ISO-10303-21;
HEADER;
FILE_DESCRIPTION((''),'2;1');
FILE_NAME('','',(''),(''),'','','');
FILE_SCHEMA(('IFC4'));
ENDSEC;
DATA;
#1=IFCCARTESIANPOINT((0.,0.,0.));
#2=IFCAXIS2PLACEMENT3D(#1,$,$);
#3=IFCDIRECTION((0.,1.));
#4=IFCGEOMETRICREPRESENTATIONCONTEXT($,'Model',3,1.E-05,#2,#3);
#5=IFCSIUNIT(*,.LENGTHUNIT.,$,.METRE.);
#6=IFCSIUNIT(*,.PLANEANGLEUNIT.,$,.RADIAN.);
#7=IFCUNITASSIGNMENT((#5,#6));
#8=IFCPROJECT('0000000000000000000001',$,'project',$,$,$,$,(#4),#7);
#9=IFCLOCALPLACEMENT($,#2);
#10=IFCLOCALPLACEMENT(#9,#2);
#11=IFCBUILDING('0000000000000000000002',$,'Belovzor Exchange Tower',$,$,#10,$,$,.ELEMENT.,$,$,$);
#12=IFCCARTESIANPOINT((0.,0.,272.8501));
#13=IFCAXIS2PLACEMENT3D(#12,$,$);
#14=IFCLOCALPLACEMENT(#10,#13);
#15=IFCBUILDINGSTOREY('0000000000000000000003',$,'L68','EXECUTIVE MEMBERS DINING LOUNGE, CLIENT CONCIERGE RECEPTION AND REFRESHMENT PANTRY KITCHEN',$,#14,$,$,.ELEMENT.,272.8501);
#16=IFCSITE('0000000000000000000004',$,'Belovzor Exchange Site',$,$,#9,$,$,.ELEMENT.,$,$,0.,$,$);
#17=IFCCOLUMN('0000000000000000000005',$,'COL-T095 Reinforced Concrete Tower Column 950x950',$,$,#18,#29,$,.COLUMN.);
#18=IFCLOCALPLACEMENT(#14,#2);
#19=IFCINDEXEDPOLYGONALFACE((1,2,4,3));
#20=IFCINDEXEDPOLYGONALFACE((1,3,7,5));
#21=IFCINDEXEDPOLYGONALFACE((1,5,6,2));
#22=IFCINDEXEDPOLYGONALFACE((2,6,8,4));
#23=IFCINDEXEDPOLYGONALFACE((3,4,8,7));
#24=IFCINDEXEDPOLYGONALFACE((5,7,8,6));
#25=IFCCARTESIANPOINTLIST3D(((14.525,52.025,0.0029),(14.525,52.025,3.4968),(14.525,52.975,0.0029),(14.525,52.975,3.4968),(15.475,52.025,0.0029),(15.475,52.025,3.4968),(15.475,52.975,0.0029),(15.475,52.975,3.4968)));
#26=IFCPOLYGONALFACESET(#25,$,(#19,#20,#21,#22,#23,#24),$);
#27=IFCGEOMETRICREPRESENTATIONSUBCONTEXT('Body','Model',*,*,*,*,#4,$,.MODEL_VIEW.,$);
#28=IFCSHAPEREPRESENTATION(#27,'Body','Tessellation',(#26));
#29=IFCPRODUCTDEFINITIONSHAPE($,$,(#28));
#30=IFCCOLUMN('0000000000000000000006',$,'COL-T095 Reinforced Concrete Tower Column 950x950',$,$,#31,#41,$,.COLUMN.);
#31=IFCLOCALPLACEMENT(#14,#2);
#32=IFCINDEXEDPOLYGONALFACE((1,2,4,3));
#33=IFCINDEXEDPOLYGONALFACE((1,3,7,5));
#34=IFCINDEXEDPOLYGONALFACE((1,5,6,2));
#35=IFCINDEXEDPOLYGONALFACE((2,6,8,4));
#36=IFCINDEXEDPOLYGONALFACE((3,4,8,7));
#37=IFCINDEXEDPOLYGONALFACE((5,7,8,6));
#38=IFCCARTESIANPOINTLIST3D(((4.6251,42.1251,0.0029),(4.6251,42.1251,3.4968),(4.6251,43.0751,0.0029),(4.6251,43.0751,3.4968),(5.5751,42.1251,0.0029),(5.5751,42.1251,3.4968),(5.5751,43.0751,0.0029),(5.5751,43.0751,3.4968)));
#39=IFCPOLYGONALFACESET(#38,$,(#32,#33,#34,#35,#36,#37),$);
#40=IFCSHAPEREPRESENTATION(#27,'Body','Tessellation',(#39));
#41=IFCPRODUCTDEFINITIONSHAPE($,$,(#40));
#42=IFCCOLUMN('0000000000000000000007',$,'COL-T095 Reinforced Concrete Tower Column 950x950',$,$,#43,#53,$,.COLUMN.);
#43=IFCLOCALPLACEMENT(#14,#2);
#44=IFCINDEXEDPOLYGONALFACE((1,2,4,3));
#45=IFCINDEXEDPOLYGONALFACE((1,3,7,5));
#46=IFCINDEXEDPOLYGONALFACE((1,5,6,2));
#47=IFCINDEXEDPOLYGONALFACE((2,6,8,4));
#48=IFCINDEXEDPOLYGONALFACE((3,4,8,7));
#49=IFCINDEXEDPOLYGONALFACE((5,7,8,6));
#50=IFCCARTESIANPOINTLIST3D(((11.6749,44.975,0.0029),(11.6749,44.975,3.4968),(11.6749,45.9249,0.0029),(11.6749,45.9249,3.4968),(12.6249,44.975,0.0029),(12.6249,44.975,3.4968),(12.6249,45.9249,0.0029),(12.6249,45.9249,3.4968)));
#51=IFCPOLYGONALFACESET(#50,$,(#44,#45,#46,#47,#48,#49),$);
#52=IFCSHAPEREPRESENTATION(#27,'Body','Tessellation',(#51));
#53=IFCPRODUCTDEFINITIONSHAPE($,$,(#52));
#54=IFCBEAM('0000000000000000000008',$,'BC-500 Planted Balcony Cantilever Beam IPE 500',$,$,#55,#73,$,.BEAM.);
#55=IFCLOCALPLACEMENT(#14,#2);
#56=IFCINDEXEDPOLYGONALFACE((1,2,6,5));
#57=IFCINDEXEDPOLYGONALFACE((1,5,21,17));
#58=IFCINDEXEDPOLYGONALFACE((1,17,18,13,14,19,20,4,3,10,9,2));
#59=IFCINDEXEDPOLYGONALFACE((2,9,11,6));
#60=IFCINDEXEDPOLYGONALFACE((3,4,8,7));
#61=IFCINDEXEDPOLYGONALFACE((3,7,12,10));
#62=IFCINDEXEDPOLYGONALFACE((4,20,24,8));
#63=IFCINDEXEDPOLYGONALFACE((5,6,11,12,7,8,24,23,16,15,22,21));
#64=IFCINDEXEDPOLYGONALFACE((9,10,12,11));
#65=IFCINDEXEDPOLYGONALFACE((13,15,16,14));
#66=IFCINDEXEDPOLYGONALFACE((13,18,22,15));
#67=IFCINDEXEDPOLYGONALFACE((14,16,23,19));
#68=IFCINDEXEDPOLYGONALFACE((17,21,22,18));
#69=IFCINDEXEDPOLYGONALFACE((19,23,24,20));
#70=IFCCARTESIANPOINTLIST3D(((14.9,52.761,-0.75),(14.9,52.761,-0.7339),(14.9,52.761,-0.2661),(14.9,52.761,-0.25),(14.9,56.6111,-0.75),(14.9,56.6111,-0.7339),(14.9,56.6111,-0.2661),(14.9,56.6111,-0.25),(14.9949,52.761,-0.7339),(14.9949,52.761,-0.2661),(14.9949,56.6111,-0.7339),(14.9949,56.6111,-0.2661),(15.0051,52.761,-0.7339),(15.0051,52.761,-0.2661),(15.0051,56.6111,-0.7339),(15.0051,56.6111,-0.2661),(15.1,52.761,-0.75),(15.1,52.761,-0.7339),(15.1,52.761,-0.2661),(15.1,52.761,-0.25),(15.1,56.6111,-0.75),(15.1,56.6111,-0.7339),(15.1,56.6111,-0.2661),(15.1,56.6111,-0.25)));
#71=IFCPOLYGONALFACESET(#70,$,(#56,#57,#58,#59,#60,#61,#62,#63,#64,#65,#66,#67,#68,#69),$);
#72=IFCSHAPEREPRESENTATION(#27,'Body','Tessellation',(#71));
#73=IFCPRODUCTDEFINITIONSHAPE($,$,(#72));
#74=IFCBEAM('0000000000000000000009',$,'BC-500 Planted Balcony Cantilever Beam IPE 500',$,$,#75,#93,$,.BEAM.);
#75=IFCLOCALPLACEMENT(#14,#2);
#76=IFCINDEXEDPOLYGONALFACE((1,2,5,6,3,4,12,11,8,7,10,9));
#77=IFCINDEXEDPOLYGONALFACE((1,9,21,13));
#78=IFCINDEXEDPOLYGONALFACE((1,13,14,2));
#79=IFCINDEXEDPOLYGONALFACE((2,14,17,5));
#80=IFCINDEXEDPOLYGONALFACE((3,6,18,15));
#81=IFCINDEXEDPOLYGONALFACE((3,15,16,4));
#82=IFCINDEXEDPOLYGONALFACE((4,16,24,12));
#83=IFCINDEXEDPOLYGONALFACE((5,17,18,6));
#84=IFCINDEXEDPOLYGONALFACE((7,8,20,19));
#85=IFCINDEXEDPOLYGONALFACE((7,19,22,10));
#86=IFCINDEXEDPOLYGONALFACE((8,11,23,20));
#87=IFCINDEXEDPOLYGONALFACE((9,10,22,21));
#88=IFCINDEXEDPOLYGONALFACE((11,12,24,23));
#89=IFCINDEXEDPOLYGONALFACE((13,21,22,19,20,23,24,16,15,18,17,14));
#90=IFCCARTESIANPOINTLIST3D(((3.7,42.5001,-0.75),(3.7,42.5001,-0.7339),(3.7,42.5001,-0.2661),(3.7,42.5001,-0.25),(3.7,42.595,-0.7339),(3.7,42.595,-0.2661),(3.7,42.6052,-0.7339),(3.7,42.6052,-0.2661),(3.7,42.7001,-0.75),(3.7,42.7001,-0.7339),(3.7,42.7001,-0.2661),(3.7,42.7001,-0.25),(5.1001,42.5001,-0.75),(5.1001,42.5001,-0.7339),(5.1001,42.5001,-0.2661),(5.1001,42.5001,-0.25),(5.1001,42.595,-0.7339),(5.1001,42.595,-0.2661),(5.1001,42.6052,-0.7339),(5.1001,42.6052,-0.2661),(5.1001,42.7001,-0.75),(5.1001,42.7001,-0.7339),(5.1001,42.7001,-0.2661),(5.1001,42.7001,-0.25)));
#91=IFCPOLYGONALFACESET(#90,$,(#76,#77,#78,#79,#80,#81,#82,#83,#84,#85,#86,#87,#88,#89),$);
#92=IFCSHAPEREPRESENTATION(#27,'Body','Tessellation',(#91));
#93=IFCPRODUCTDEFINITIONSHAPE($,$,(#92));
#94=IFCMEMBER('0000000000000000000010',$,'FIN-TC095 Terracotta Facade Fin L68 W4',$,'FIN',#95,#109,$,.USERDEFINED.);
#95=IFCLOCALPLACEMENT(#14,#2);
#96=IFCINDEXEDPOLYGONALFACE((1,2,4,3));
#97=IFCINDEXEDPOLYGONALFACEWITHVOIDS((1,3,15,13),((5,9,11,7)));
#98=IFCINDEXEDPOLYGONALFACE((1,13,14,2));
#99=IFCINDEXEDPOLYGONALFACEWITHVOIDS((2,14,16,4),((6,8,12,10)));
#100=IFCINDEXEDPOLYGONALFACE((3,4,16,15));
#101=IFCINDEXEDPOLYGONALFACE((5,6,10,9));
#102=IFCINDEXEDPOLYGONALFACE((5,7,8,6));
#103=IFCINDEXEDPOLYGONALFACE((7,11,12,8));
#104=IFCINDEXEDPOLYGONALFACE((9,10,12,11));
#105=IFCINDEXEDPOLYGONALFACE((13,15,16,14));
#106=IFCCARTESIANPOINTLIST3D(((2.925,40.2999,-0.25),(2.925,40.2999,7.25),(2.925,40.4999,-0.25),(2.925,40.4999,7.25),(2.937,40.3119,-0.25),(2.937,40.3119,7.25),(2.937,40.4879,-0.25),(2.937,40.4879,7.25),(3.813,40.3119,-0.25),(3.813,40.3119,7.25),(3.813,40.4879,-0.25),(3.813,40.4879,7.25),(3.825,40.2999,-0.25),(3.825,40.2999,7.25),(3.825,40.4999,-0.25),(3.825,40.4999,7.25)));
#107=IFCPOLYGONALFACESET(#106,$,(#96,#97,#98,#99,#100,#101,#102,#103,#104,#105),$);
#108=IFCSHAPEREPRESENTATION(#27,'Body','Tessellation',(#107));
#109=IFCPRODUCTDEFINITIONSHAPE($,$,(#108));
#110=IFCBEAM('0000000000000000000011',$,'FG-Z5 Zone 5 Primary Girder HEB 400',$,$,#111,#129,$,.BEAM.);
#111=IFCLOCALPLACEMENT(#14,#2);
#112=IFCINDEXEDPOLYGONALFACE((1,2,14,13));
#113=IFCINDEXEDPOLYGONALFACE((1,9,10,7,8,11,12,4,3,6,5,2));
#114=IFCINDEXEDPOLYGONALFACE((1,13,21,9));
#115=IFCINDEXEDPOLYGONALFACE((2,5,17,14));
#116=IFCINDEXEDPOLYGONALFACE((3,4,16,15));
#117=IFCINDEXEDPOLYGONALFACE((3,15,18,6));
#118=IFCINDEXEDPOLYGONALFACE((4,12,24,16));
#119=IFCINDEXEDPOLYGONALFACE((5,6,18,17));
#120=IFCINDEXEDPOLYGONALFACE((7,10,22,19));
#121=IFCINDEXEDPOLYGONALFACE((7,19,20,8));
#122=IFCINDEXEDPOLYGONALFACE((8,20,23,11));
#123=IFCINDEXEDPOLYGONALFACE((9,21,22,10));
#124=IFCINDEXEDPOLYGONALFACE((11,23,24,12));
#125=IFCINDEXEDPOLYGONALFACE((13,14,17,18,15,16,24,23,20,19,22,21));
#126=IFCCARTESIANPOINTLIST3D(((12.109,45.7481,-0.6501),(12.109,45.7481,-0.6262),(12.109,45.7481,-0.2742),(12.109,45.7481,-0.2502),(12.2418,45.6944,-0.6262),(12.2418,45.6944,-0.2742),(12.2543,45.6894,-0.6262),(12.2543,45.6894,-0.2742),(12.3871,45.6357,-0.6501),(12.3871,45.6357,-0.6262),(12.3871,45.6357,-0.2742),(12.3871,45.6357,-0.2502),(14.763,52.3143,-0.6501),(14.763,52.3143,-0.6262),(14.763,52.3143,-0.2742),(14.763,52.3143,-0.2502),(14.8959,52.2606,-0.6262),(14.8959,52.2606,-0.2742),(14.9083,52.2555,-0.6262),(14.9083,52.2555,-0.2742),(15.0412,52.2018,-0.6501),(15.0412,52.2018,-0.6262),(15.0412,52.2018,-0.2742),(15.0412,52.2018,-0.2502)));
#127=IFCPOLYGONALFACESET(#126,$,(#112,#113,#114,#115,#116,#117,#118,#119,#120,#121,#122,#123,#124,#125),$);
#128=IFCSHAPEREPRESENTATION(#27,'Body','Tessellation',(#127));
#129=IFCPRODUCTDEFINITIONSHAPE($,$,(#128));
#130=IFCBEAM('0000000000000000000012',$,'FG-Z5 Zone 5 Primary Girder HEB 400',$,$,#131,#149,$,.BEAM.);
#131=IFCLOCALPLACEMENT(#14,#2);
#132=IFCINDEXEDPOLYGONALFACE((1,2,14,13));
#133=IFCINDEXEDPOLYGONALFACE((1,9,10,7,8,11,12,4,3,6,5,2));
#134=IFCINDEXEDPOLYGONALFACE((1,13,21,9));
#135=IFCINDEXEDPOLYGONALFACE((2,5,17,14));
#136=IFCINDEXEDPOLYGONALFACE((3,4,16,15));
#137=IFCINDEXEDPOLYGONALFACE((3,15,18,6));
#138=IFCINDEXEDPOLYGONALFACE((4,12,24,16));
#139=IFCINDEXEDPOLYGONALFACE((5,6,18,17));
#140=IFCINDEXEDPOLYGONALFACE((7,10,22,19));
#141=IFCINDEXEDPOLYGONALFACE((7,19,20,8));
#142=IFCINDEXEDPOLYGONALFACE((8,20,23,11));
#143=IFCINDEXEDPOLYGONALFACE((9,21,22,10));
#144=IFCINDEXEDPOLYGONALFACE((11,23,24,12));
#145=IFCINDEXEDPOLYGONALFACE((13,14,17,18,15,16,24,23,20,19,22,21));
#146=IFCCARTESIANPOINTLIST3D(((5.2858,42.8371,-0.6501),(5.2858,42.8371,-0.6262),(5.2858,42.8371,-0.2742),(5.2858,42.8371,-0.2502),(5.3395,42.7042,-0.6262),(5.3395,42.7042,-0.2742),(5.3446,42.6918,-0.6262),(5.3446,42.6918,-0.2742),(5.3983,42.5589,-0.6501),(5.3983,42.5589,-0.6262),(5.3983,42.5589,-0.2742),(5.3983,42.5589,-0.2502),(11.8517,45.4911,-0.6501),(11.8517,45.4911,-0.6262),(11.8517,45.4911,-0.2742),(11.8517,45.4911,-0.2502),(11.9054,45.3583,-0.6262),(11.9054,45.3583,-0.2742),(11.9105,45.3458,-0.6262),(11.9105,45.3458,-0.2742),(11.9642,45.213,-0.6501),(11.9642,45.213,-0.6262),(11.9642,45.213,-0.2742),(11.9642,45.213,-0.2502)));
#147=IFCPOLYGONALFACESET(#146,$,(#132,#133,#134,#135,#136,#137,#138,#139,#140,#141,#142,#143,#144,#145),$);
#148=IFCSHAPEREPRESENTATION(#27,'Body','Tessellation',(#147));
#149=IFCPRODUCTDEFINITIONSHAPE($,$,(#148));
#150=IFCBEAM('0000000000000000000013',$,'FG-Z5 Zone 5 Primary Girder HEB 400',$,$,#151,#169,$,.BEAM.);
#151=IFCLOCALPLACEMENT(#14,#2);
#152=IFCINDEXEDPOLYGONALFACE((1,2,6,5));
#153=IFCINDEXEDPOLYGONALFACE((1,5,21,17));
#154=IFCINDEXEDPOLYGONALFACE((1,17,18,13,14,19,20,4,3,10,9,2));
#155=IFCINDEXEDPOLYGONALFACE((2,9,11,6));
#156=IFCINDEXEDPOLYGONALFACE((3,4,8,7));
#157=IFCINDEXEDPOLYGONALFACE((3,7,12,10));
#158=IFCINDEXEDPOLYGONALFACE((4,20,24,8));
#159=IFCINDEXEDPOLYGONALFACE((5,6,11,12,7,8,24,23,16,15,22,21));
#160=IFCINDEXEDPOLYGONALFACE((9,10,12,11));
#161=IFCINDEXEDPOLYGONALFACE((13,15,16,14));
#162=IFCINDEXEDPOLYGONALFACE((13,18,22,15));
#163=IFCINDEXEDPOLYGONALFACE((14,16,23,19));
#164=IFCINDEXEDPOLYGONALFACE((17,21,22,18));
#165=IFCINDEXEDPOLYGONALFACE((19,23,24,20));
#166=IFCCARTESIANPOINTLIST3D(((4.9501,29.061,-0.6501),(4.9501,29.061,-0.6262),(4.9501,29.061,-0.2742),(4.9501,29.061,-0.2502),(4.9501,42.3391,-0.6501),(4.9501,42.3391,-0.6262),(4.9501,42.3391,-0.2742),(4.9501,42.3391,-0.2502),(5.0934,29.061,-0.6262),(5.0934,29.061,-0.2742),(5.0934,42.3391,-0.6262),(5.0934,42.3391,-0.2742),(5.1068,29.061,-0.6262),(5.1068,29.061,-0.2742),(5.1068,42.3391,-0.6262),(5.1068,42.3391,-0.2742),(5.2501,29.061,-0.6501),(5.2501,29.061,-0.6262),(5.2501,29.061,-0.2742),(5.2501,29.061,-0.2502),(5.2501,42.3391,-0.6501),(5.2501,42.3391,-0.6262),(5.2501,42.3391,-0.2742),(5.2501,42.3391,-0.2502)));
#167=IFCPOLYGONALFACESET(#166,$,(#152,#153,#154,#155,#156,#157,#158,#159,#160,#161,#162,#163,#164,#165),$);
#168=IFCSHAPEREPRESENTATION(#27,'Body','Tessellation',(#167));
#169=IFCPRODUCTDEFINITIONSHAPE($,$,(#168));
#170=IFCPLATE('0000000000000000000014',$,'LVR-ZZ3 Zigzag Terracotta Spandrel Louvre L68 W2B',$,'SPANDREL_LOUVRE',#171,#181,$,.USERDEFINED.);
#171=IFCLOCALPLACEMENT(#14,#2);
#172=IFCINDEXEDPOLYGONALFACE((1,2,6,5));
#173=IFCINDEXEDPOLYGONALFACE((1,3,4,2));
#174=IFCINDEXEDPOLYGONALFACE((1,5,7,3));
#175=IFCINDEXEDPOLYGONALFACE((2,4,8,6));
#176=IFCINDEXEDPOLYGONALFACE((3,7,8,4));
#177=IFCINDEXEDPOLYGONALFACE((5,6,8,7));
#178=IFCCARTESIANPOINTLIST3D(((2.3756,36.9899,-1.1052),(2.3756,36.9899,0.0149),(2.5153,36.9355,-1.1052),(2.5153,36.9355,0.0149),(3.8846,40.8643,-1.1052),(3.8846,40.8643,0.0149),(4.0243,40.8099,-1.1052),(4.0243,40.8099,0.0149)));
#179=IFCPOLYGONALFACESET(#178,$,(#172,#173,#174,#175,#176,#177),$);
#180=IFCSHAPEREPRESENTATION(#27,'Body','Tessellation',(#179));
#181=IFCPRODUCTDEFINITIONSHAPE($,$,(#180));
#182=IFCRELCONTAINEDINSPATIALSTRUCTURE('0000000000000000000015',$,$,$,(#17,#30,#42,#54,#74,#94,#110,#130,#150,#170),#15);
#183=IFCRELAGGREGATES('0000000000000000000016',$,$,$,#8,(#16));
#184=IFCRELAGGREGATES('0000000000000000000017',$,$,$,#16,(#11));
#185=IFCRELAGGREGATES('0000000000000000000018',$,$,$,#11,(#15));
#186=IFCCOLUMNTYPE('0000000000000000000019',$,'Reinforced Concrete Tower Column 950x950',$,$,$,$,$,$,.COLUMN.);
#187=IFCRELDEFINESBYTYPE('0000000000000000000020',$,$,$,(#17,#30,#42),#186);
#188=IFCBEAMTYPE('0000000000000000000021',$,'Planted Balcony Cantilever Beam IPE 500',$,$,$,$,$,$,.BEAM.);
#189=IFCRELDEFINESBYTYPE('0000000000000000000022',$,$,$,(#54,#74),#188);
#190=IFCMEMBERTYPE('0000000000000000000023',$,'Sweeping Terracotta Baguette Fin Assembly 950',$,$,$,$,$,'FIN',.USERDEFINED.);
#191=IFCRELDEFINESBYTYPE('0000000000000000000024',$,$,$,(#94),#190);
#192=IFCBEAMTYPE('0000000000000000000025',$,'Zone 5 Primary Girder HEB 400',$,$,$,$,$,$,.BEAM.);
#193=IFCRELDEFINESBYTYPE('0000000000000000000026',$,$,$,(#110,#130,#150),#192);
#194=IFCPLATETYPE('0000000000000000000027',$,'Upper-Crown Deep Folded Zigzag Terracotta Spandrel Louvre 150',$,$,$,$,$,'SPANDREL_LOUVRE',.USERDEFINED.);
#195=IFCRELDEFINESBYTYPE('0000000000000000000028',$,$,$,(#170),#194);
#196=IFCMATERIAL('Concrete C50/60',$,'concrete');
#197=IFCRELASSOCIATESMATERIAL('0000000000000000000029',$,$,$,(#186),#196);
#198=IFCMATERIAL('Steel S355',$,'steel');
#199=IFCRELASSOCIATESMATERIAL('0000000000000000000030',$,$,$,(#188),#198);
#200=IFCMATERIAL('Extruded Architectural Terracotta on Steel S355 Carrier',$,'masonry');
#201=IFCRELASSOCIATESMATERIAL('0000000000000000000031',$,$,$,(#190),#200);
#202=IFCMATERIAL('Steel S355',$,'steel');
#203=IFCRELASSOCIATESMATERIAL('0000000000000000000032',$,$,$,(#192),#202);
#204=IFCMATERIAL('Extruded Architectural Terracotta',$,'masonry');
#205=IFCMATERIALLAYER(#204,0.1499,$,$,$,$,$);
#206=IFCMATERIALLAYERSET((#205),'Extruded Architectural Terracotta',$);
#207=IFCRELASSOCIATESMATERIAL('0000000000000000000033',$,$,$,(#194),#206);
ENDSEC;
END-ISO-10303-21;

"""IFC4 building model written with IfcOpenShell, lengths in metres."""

from ifc_helpers import new_model, si_unit, direction, frame, origin, origin_2d, place, context, subcontext, project, spatial, rectangle, hollow_rectangle, i_section, extrude, material, layer, layer_set, material_profile, profile_set, type_object, element, save


model = new_model("IFC4")

# Units and contexts
model_context = context("Model", 3, precision=1e-05, world=origin(), true_north=direction((0.0, 1.0)))
body_context = subcontext(model_context, "Body", "Model", "MODEL_VIEW")
ifc_project = project(units=[si_unit("LENGTHUNIT", "METRE"), si_unit("PLANEANGLEUNIT", "RADIAN")], contexts=[model_context])

# Site, building, storey
site_placement = place(None, origin())
site = spatial("IfcSite", under=ifc_project, at=site_placement, Name="Belovzor Exchange Site", CompositionType="ELEMENT", RefElevation=0.0)
building_placement = place(site_placement, origin())
building = spatial("IfcBuilding", under=site, at=building_placement, Name="Belovzor Exchange Tower", CompositionType="ELEMENT")
storey_placement = place(building_placement, frame((0.0, 0.0, 272.8501)))
storey = spatial("IfcBuildingStorey", under=building, at=storey_placement, Name="L68", Description="EXECUTIVE MEMBERS DINING LOUNGE, CLIENT CONCIERGE RECEPTION AND REFRESHMENT PANTRY KITCHEN", CompositionType="ELEMENT", Elevation=272.8501)

# Columns
ifc_material_1 = material(Name="Concrete C50/60", Category="concrete")
ifc_material_profile_1 = material_profile(ifc_material_1, rectangle(XDim=0.95, YDim=0.95, at=origin_2d()))
ifc_profile_set_1 = profile_set([ifc_material_profile_1], Name="Concrete C50/60")
column_type = type_object("IfcColumnType", Name="Reinforced Concrete Tower Column 950x950", PredefinedType="COLUMN", material=ifc_profile_set_1)
for number, where, z_axis, x_axis, name in (
    (1, (15.0, 52.5, 0.0029), (0.0, 0.0, 1.0), (1.0, 0.0, 0.0), "COL-T095 Reinforced Concrete Tower Column 950x950"),
    (2, (5.1001, 42.6001, 0.0029), (0.0, 0.0, 1.0), (1.0, 0.0, 0.0), "COL-T095 Reinforced Concrete Tower Column 950x950"),
    (3, (12.1499, 45.45, 0.0029), (0.0, 0.0, 1.0), (1.0, 0.0, 0.0), "COL-T095 Reinforced Concrete Tower Column 950x950"),
):
    element("IfcColumn", number, at=place(storey_placement, frame(where, z_axis=z_axis, x_axis=x_axis)), inside=storey, type_object=column_type, Name=name, PredefinedType="COLUMN", context=body_context, shape_type="SweptSolid", body=[
        extrude(rectangle(XDim=0.95, YDim=0.95, at=origin_2d()), origin(), (0.0, 0.0, 1.0), 3.4939),
    ])

# Beams
ifc_material_2 = material(Name="Steel S355", Category="steel")
ifc_material_profile_2 = material_profile(ifc_material_2, i_section(OverallWidth=0.2, OverallDepth=0.5, WebThickness=0.0103, FlangeThickness=0.0161, at=origin_2d()))
ifc_profile_set_2 = profile_set([ifc_material_profile_2], Name="Steel S355")
beam_type_1 = type_object("IfcBeamType", Name="Planted Balcony Cantilever Beam IPE 500", PredefinedType="BEAM", material=ifc_profile_set_2)
beam_1_placement = place(storey_placement, frame((15.0, 52.761, -0.5), z_axis=(0.0, 1.0, 0.0), x_axis=(-1.0, 0.0, 0.0)))
element("IfcBeam", 4, at=beam_1_placement, inside=storey, type_object=beam_type_1, Name="BC-500 Planted Balcony Cantilever Beam IPE 500", PredefinedType="BEAM", context=body_context, shape_type="SweptSolid", body=[
    extrude(i_section(OverallWidth=0.2, OverallDepth=0.5, WebThickness=0.0103, FlangeThickness=0.0161, at=origin_2d()), origin(), (0.0, 0.0, 1.0), 3.8501),
])
beam_2_placement = place(storey_placement, frame((5.1001, 42.6001, -0.5), z_axis=(-1.0, 0.0, 0.0), x_axis=(0.0, -1.0, 0.0)))
element("IfcBeam", 5, at=beam_2_placement, inside=storey, type_object=beam_type_1, Name="BC-500 Planted Balcony Cantilever Beam IPE 500", PredefinedType="BEAM", context=body_context, shape_type="SweptSolid", body=[
    extrude(i_section(OverallWidth=0.2, OverallDepth=0.5, WebThickness=0.0103, FlangeThickness=0.0161, at=origin_2d()), origin(), (0.0, 0.0, 1.0), 1.4001),
])

# Member
ifc_material_3 = material(Name="Extruded Architectural Terracotta on Steel S355 Carrier", Category="masonry")
ifc_material_profile_3 = material_profile(ifc_material_3, hollow_rectangle(XDim=0.2, YDim=0.8999, WallThickness=0.012, at=origin_2d()))
ifc_profile_set_3 = profile_set([ifc_material_profile_3], Name="Extruded Architectural Terracotta on Steel S355 Carrier")
member_type = type_object("IfcMemberType", Name="Sweeping Terracotta Baguette Fin Assembly 950", ElementType="FIN", PredefinedType="USERDEFINED", material=ifc_profile_set_3)
member_placement = place(storey_placement, frame((3.375, 40.3999, -0.25), z_axis=(0.0, 0.0, 1.0), x_axis=(0.0, 1.0, 0.0)))
element("IfcMember", 6, at=member_placement, inside=storey, type_object=member_type, Name="FIN-TC095 Terracotta Facade Fin L68 W4", ObjectType="FIN", PredefinedType="USERDEFINED", context=body_context, shape_type="SweptSolid", body=[
    extrude(hollow_rectangle(XDim=0.2, YDim=0.8999, WallThickness=0.012, at=origin_2d()), origin(), (0.0, 0.0, 1.0), 7.5),
])

# Beams
ifc_material_4 = material(Name="Steel S355", Category="steel")
ifc_material_profile_4 = material_profile(ifc_material_4, i_section(OverallWidth=0.3, OverallDepth=0.3999, WebThickness=0.0134, FlangeThickness=0.0239, at=origin_2d()))
ifc_profile_set_4 = profile_set([ifc_material_profile_4], Name="Steel S355")
beam_type_2 = type_object("IfcBeamType", Name="Zone 5 Primary Girder HEB 400", PredefinedType="BEAM", material=ifc_profile_set_4)
beam_3_placement = place(storey_placement, frame((14.9021, 52.2581, -0.4502), z_axis=(-0.374746, -0.927127, 0.0), x_axis=(0.927127, -0.374746, 0.0)))
element("IfcBeam", 7, at=beam_3_placement, inside=storey, type_object=beam_type_2, Name="FG-Z5 Zone 5 Primary Girder HEB 400", PredefinedType="BEAM", context=body_context, shape_type="SweptSolid", body=[
    extrude(i_section(OverallWidth=0.3, OverallDepth=0.3999, WebThickness=0.0134, FlangeThickness=0.0239, at=origin_2d()), origin(), (0.0, 0.0, 1.0), 7.0823),
])
beam_4_placement = place(storey_placement, frame((11.908, 45.3521, -0.4502), z_axis=(-0.927123, -0.374758, 0.0), x_axis=(0.374758, -0.927123, 0.0)))
element("IfcBeam", 8, at=beam_4_placement, inside=storey, type_object=beam_type_2, Name="FG-Z5 Zone 5 Primary Girder HEB 400", PredefinedType="BEAM", context=body_context, shape_type="SweptSolid", body=[
    extrude(i_section(OverallWidth=0.3, OverallDepth=0.3999, WebThickness=0.0134, FlangeThickness=0.0239, at=origin_2d()), origin(), (0.0, 0.0, 1.0), 7.082),
])
beam_5_placement = place(storey_placement, frame((5.1001, 42.3391, -0.4502), z_axis=(0.0, -1.0, 0.0), x_axis=(1.0, 0.0, 0.0)))
element("IfcBeam", 9, at=beam_5_placement, inside=storey, type_object=beam_type_2, Name="FG-Z5 Zone 5 Primary Girder HEB 400", PredefinedType="BEAM", context=body_context, shape_type="SweptSolid", body=[
    extrude(i_section(OverallWidth=0.3, OverallDepth=0.3999, WebThickness=0.0134, FlangeThickness=0.0239, at=origin_2d()), origin(), (0.0, 0.0, 1.0), 13.2781),
])

# Plate
ifc_material_5 = material(Name="Extruded Architectural Terracotta", Category="masonry")
ifc_layer_1 = layer(ifc_material_5, 0.1499)
ifc_layer_set_1 = layer_set([ifc_layer_1], Name="Extruded Architectural Terracotta")
plate_type = type_object("IfcPlateType", Name="Upper-Crown Deep Folded Zigzag Terracotta Spandrel Louvre 150", ElementType="SPANDREL_LOUVRE", PredefinedType="USERDEFINED", material=ifc_layer_set_1)
plate_placement = place(storey_placement, frame((3.2, 38.8999, -1.1052), z_axis=(0.0, 0.0, 1.0), x_axis=(0.362926, 0.931818, 0.0)))
element("IfcPlate", 10, at=plate_placement, inside=storey, type_object=plate_type, Name="LVR-ZZ3 Zigzag Terracotta Spandrel Louvre L68 W2B", ObjectType="SPANDREL_LOUVRE", PredefinedType="USERDEFINED", context=body_context, shape_type="SweptSolid", body=[
    extrude(rectangle(XDim=4.158, YDim=0.1499, at=origin_2d()), origin(), (0.0, 0.0, 1.0), 1.1201),
])

save(model, "model.ifc")
